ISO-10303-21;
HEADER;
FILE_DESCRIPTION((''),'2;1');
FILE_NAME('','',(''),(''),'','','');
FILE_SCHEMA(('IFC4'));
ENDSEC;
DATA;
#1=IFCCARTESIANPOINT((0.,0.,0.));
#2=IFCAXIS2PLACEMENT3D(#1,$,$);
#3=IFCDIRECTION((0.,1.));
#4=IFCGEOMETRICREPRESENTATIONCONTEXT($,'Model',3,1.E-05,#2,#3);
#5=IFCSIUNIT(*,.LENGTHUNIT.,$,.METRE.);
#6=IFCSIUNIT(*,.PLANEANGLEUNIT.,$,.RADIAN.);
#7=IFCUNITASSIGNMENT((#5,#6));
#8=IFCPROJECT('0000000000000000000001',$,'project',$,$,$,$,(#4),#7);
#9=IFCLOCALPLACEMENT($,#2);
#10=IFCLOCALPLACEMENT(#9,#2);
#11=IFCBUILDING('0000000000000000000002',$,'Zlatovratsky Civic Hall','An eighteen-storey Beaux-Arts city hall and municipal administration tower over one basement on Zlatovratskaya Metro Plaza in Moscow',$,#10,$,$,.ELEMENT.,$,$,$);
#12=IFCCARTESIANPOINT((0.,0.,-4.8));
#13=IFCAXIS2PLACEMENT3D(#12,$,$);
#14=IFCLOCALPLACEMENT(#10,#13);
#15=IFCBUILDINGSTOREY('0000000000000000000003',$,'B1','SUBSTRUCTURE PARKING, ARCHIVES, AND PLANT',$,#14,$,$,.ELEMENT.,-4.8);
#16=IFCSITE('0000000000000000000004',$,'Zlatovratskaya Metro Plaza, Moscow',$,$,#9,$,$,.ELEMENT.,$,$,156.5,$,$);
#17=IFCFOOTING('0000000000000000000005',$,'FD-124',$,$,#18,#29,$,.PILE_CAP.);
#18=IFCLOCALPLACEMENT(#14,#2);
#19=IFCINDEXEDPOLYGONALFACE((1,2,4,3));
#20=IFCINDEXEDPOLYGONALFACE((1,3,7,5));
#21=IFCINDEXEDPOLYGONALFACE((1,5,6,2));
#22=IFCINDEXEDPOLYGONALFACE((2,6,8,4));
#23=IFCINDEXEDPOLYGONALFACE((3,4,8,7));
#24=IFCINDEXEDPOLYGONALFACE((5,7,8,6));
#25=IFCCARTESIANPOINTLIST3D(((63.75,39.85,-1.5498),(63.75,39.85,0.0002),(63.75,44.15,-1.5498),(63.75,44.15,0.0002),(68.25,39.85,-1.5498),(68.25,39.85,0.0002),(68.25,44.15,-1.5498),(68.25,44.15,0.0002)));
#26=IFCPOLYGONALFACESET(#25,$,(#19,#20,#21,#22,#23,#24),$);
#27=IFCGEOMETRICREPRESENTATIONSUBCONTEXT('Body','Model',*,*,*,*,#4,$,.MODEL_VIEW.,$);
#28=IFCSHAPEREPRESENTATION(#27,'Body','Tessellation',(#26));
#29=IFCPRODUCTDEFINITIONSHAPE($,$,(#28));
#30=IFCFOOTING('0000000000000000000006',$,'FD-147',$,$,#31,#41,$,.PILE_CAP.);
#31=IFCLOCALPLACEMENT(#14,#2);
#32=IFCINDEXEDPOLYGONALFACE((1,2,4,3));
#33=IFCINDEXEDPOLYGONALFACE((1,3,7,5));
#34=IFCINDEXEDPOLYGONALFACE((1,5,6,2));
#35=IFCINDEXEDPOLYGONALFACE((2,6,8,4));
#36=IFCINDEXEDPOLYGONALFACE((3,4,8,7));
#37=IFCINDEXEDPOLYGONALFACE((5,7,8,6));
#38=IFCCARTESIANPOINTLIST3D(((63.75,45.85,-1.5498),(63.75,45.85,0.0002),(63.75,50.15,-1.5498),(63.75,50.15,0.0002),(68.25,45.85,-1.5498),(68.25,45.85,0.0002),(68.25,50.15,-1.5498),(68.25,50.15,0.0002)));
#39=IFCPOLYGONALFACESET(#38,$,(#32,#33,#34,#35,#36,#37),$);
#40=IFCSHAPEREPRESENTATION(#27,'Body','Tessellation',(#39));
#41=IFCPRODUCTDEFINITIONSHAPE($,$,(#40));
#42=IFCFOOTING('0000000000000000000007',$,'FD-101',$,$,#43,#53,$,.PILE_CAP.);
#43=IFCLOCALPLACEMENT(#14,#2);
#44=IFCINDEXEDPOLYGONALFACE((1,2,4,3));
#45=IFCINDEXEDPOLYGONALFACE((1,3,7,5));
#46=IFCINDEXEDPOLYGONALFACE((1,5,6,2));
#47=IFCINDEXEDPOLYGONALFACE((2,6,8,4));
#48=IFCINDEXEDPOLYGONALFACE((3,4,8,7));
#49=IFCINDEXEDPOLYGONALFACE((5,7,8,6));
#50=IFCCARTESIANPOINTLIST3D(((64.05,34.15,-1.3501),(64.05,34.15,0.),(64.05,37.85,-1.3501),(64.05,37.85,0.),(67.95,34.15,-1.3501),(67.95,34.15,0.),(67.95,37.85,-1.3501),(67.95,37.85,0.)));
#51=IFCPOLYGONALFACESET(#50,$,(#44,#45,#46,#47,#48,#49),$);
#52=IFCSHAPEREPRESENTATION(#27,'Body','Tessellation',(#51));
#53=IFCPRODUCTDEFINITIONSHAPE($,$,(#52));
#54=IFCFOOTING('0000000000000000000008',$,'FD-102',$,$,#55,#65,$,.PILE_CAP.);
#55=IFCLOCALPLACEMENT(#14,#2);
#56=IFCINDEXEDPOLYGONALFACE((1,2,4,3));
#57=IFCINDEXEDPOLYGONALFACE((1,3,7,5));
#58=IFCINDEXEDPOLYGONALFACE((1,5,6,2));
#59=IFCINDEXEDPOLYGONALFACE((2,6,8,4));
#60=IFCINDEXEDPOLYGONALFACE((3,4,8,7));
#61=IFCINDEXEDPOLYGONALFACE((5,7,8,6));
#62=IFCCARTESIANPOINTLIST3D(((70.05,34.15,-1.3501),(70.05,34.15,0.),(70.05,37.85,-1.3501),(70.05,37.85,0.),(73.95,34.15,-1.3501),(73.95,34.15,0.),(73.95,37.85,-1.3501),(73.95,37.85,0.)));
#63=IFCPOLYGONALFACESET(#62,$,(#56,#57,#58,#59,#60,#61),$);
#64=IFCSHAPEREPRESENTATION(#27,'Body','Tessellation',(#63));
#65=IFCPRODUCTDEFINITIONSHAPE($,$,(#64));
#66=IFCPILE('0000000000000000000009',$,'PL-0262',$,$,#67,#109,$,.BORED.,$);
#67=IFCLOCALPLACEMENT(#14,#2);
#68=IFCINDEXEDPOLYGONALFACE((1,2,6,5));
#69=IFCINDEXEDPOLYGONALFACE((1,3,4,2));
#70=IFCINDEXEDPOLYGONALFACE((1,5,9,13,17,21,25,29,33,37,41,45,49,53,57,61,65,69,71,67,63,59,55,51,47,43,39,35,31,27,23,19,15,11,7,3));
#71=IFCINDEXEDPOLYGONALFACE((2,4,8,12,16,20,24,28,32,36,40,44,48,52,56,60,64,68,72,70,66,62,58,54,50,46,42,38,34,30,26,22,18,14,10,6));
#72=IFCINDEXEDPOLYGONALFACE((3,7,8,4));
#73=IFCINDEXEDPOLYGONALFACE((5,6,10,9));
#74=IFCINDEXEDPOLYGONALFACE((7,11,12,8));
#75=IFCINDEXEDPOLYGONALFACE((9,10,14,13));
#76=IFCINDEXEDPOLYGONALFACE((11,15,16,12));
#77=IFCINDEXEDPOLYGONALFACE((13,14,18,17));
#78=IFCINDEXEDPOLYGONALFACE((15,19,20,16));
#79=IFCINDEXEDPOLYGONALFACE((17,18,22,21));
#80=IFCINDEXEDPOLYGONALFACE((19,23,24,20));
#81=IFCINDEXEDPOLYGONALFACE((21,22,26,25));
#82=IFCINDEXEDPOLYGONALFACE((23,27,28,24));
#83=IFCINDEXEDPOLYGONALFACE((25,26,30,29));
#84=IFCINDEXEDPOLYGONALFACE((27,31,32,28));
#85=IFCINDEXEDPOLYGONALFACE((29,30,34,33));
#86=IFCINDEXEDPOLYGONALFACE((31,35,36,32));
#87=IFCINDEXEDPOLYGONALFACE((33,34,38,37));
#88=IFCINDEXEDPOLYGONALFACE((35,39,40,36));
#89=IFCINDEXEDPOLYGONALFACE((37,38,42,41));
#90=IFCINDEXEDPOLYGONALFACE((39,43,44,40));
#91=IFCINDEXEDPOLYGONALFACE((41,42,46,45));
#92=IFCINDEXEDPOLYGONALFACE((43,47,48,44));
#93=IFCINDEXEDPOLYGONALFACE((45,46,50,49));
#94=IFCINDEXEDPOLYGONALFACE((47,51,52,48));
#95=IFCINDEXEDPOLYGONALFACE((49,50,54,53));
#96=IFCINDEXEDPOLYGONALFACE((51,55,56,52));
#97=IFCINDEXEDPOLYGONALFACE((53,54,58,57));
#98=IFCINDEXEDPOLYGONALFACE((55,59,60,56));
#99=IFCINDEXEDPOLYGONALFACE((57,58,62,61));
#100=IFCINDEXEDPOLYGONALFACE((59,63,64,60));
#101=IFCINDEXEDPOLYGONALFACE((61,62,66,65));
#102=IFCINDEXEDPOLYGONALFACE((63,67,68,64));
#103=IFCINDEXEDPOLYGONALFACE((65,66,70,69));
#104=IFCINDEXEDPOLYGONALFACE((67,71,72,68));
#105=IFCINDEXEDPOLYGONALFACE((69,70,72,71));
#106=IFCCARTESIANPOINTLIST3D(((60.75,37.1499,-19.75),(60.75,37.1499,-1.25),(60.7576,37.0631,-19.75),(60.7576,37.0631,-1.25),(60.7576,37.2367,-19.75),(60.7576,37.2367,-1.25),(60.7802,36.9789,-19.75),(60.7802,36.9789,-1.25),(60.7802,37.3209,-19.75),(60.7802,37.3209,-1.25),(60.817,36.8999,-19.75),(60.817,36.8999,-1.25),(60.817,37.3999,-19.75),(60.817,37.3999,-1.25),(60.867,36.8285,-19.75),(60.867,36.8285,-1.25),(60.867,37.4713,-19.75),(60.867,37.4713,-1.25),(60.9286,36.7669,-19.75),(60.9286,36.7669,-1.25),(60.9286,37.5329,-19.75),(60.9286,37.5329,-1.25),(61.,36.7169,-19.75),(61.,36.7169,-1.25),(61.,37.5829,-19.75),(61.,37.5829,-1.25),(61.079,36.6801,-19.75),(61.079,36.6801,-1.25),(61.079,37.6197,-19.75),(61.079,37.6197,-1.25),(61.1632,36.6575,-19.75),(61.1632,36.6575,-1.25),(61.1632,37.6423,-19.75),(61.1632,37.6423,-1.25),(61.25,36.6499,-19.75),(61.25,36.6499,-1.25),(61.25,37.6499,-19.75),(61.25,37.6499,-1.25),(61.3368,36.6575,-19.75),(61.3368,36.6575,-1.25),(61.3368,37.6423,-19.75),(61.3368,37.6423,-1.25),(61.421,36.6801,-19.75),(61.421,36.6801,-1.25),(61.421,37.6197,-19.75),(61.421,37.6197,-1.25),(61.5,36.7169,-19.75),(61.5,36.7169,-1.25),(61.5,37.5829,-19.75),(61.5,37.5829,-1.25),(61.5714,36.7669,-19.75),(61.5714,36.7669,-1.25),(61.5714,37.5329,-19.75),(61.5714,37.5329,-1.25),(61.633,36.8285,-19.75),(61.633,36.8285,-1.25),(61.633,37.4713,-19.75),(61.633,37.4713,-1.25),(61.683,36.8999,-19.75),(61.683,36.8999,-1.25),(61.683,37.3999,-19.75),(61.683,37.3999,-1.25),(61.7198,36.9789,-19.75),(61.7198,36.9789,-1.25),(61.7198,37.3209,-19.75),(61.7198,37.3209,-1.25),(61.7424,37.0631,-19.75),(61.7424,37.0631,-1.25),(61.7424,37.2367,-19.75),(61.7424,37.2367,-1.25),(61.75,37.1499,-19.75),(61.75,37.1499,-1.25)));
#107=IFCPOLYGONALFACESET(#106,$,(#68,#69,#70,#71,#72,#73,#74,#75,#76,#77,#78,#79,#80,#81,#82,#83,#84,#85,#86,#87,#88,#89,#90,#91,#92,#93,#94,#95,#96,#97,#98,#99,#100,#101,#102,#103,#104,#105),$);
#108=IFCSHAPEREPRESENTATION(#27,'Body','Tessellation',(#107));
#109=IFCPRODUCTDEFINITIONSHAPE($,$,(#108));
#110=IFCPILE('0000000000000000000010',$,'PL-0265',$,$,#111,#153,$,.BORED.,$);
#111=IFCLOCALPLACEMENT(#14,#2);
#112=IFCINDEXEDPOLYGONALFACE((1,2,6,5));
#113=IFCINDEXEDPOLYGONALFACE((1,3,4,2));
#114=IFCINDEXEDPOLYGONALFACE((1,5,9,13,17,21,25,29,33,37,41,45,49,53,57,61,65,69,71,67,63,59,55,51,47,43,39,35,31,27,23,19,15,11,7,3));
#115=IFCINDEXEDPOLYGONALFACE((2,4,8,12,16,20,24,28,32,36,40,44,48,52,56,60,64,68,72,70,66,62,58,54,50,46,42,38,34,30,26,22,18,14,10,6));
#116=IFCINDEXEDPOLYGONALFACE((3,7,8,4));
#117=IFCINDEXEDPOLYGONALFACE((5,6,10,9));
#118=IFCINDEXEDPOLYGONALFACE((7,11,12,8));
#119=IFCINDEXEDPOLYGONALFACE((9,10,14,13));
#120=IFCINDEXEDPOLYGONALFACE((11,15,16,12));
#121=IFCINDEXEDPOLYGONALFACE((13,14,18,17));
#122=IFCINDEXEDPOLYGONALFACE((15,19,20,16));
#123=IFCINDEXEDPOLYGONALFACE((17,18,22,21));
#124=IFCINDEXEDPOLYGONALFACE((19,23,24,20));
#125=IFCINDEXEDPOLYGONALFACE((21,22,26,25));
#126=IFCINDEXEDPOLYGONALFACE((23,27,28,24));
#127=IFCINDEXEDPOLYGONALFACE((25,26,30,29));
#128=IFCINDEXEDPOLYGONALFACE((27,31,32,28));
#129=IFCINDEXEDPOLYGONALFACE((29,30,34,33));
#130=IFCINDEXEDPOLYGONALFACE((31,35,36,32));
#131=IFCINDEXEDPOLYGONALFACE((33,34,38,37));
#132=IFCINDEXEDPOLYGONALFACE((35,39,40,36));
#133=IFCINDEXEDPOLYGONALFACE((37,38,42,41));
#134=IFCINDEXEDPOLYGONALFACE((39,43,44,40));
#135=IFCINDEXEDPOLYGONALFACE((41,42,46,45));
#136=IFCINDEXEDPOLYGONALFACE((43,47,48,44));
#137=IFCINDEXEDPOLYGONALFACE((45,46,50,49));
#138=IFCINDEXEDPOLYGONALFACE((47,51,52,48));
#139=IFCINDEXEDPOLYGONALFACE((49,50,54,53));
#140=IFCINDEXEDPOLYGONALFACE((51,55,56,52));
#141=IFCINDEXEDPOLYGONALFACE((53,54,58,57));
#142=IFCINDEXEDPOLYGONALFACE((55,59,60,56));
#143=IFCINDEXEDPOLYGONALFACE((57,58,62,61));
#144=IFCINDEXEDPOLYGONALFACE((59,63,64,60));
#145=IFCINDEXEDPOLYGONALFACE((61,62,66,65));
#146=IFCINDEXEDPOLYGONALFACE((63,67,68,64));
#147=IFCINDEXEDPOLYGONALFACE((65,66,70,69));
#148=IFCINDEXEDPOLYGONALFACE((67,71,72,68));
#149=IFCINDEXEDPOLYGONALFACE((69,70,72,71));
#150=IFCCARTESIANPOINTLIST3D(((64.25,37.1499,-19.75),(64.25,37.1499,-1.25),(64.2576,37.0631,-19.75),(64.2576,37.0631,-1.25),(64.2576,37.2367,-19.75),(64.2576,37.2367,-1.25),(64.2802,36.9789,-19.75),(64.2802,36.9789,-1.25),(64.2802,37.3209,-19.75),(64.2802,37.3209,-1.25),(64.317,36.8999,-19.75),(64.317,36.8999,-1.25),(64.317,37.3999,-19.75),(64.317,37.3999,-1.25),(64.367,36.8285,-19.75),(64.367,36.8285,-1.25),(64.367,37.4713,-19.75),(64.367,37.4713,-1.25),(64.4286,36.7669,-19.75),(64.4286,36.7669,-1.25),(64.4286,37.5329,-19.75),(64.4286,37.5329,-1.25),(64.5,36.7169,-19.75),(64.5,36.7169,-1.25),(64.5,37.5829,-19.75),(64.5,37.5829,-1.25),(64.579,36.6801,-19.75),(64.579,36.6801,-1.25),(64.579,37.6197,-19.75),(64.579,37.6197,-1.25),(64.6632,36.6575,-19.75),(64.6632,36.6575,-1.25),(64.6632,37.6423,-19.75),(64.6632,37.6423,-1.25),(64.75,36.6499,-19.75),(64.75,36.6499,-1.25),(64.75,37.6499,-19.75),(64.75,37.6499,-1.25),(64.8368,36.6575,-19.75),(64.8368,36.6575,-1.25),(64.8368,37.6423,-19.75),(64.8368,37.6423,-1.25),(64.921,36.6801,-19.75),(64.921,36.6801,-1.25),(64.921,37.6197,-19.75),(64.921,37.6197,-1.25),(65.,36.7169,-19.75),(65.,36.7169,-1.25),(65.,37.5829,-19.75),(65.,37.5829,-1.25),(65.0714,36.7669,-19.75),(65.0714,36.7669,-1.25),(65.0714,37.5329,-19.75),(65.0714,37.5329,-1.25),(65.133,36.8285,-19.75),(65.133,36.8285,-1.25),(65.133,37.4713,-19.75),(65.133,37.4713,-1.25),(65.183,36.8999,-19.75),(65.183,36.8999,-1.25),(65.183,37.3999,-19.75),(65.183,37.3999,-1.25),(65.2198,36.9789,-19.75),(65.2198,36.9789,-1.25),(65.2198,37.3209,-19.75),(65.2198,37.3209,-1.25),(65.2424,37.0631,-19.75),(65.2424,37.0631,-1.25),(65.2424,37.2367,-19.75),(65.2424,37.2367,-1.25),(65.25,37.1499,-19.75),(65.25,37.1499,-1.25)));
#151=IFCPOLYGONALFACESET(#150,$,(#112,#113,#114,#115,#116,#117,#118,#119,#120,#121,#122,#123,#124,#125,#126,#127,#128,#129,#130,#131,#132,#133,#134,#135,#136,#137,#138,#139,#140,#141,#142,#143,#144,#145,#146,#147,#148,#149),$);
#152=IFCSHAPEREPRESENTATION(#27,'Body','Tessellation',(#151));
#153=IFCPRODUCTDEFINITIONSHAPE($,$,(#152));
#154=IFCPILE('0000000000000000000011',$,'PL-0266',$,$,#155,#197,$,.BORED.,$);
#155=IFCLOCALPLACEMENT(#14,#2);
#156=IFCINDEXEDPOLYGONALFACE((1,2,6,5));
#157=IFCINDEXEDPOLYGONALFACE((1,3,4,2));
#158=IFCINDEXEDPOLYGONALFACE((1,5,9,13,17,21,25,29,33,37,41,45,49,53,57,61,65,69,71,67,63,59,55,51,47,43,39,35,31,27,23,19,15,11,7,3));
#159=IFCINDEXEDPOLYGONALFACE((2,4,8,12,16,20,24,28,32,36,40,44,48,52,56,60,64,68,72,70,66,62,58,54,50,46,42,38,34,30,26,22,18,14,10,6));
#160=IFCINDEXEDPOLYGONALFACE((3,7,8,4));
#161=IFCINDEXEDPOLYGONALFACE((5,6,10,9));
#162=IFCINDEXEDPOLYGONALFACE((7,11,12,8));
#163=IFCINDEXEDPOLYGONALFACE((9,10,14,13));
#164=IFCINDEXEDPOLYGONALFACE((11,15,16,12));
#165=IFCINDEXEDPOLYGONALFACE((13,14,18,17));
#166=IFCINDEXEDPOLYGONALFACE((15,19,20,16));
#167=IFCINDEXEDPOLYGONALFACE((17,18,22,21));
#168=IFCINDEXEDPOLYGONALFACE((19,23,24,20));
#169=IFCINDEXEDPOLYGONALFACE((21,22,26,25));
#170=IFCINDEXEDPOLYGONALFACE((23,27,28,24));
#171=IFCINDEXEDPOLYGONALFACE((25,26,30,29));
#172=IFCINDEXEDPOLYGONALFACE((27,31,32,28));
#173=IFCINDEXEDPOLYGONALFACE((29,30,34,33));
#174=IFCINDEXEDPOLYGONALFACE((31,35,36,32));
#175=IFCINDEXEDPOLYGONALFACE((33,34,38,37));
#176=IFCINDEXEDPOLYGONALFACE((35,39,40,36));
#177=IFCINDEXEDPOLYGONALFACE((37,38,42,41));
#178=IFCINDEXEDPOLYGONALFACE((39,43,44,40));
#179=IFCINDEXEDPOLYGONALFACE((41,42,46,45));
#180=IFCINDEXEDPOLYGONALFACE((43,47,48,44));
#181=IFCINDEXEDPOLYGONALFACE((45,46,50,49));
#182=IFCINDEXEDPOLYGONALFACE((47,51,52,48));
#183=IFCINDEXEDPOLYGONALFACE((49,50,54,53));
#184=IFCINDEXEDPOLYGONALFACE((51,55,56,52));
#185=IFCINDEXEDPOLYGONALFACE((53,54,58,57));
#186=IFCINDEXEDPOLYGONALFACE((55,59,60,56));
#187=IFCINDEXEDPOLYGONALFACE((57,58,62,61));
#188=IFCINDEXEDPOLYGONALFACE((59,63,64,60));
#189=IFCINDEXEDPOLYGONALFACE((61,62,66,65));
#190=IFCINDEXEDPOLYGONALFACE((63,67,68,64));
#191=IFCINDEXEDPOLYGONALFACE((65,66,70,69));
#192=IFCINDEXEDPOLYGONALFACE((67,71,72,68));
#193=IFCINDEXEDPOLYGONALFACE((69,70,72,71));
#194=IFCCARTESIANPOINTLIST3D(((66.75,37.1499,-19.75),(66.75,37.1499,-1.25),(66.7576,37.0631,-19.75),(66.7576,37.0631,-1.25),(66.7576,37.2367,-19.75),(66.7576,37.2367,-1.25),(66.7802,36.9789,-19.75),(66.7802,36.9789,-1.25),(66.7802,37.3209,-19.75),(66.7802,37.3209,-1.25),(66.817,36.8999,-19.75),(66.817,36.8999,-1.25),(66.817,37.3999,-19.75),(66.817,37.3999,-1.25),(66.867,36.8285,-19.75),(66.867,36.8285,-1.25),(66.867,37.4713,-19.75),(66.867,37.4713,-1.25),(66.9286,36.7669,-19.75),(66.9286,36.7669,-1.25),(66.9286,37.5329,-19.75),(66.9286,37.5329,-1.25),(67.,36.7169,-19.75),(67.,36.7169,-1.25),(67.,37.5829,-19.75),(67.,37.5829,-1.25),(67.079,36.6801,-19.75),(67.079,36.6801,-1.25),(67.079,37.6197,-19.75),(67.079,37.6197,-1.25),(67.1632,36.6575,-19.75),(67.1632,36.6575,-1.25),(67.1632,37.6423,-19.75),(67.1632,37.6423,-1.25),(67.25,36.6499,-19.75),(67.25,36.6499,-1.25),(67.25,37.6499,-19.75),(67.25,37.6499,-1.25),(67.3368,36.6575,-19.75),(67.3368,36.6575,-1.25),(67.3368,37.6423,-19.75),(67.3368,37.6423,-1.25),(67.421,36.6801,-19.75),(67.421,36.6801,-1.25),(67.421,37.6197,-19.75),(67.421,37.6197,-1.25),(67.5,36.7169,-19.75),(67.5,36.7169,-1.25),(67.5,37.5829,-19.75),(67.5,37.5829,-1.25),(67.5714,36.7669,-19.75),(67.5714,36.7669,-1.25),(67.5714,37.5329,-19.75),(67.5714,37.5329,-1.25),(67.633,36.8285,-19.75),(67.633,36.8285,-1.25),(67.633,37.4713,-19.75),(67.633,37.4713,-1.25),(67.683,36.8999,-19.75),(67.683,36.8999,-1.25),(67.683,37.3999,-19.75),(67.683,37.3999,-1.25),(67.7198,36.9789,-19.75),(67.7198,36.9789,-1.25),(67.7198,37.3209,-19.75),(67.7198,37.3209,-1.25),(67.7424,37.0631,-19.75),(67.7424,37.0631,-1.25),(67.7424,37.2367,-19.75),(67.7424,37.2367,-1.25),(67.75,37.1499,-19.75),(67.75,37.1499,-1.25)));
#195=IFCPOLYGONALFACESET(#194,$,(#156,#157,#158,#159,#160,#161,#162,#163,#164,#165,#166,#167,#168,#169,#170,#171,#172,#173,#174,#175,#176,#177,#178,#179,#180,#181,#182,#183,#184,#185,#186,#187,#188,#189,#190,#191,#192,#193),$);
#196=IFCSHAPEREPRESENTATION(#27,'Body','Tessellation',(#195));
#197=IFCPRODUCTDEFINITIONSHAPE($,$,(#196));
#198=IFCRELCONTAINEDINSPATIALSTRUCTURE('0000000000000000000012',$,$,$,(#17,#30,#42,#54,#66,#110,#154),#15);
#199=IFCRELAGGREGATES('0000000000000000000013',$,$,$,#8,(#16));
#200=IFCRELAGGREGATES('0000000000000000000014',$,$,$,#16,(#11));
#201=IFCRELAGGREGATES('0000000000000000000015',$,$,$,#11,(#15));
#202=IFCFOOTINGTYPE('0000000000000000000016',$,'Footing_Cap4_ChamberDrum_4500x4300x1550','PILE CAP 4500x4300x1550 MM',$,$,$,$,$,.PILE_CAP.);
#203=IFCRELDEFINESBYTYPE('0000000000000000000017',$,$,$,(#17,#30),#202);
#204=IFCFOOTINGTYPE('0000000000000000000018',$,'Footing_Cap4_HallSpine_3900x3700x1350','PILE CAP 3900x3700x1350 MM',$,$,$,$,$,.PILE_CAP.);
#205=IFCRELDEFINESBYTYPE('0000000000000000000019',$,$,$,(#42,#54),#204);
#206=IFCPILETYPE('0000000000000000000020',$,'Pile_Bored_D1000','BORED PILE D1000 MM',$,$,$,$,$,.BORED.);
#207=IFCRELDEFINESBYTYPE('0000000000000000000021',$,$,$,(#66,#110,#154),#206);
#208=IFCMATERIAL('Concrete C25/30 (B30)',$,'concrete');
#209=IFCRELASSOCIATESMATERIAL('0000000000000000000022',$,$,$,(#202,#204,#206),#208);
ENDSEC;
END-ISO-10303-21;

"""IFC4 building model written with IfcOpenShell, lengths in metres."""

from ifc_helpers import new_model, si_unit, direction, frame, origin, origin_2d, place, context, subcontext, project, spatial, rectangle, circle, extrude, material, material_profile, profile_set, type_object, element, save


model = new_model("IFC4")

# Units and contexts
model_context = context("Model", 3, precision=1e-05, world=origin(), true_north=direction((0.0, 1.0)))
body_context = subcontext(model_context, "Body", "Model", "MODEL_VIEW")
ifc_project = project(units=[si_unit("LENGTHUNIT", "METRE"), si_unit("PLANEANGLEUNIT", "RADIAN")], contexts=[model_context])

# Site, building, storey
site_placement = place(None, origin())
site = spatial("IfcSite", under=ifc_project, at=site_placement, Name="Zlatovratskaya Metro Plaza, Moscow", CompositionType="ELEMENT", RefElevation=156.5)
building_placement = place(site_placement, origin())
building = spatial("IfcBuilding", under=site, at=building_placement, Name="Zlatovratsky Civic Hall", Description="An eighteen-storey Beaux-Arts city hall and municipal administration tower over one basement on Zlatovratskaya Metro Plaza in Moscow", CompositionType="ELEMENT")
storey_placement = place(building_placement, frame((0.0, 0.0, -4.8)))
storey = spatial("IfcBuildingStorey", under=building, at=storey_placement, Name="B1", Description="SUBSTRUCTURE PARKING, ARCHIVES, AND PLANT", CompositionType="ELEMENT", Elevation=-4.8)

# Footings
ifc_material_1 = material(Name="Concrete C25/30 (B30)", Category="concrete")
footing_type_1 = type_object("IfcFootingType", Name="Footing_Cap4_ChamberDrum_4500x4300x1550", Description="PILE CAP 4500x4300x1550 MM", PredefinedType="PILE_CAP", material=ifc_material_1)
for number, where, z_axis, x_axis, name in (
    (1, (66.0, 42.0, -1.5498), (0.0, 0.0, 1.0), (1.0, 0.0, 0.0), "FD-124"),
    (2, (66.0, 48.0, -1.5498), (0.0, 0.0, 1.0), (1.0, 0.0, 0.0), "FD-147"),
):
    element("IfcFooting", number, at=place(storey_placement, frame(where, z_axis=z_axis, x_axis=x_axis)), inside=storey, type_object=footing_type_1, Name=name, PredefinedType="PILE_CAP", context=body_context, shape_type="SweptSolid", body=[
        extrude(rectangle(XDim=4.5, YDim=4.3, at=origin_2d()), origin(), (0.0, 0.0, 1.0), 1.55),
    ])
footing_type_2 = type_object("IfcFootingType", Name="Footing_Cap4_HallSpine_3900x3700x1350", Description="PILE CAP 3900x3700x1350 MM", PredefinedType="PILE_CAP", material=ifc_material_1)
for number, where, z_axis, x_axis, name in (
    (3, (66.0, 36.0, -1.3501), (0.0, 0.0, 1.0), (1.0, 0.0, 0.0), "FD-101"),
    (4, (72.0, 36.0, -1.3501), (0.0, 0.0, 1.0), (1.0, 0.0, 0.0), "FD-102"),
):
    element("IfcFooting", number, at=place(storey_placement, frame(where, z_axis=z_axis, x_axis=x_axis)), inside=storey, type_object=footing_type_2, Name=name, PredefinedType="PILE_CAP", context=body_context, shape_type="SweptSolid", body=[
        extrude(rectangle(XDim=3.8999, YDim=3.7, at=origin_2d()), origin(), (0.0, 0.0, 1.0), 1.3501),
    ])

# Piles
ifc_material_profile_1 = material_profile(ifc_material_1, circle(Radius=0.5, at=origin_2d()), Name="PILE D1000")
ifc_profile_set_1 = profile_set([ifc_material_profile_1], Name="Concrete C25/30 (B30)")
pile_type_1 = type_object("IfcPileType", Name="Pile_Bored_D1000", Description="BORED PILE D1000 MM", PredefinedType="BORED", material=ifc_profile_set_1)
for number, where, z_axis, x_axis, name in (
    (5, (61.25, 37.1499, -1.25), (0.0, 0.0, -1.0), (1.0, 0.0, 0.0), "PL-0262"),
    (6, (64.75, 37.1499, -1.25), (0.0, 0.0, -1.0), (1.0, 0.0, 0.0), "PL-0265"),
    (7, (67.25, 37.1499, -1.25), (0.0, 0.0, -1.0), (1.0, 0.0, 0.0), "PL-0266"),
):
    element("IfcPile", number, at=place(storey_placement, frame(where, z_axis=z_axis, x_axis=x_axis)), inside=storey, type_object=pile_type_1, Name=name, PredefinedType="BORED", context=body_context, shape_type="SweptSolid", body=[
        extrude(circle(Radius=0.5, at=origin_2d()), origin(), (0.0, 0.0, 1.0), 18.5),
    ])

save(model, "model.ifc")
